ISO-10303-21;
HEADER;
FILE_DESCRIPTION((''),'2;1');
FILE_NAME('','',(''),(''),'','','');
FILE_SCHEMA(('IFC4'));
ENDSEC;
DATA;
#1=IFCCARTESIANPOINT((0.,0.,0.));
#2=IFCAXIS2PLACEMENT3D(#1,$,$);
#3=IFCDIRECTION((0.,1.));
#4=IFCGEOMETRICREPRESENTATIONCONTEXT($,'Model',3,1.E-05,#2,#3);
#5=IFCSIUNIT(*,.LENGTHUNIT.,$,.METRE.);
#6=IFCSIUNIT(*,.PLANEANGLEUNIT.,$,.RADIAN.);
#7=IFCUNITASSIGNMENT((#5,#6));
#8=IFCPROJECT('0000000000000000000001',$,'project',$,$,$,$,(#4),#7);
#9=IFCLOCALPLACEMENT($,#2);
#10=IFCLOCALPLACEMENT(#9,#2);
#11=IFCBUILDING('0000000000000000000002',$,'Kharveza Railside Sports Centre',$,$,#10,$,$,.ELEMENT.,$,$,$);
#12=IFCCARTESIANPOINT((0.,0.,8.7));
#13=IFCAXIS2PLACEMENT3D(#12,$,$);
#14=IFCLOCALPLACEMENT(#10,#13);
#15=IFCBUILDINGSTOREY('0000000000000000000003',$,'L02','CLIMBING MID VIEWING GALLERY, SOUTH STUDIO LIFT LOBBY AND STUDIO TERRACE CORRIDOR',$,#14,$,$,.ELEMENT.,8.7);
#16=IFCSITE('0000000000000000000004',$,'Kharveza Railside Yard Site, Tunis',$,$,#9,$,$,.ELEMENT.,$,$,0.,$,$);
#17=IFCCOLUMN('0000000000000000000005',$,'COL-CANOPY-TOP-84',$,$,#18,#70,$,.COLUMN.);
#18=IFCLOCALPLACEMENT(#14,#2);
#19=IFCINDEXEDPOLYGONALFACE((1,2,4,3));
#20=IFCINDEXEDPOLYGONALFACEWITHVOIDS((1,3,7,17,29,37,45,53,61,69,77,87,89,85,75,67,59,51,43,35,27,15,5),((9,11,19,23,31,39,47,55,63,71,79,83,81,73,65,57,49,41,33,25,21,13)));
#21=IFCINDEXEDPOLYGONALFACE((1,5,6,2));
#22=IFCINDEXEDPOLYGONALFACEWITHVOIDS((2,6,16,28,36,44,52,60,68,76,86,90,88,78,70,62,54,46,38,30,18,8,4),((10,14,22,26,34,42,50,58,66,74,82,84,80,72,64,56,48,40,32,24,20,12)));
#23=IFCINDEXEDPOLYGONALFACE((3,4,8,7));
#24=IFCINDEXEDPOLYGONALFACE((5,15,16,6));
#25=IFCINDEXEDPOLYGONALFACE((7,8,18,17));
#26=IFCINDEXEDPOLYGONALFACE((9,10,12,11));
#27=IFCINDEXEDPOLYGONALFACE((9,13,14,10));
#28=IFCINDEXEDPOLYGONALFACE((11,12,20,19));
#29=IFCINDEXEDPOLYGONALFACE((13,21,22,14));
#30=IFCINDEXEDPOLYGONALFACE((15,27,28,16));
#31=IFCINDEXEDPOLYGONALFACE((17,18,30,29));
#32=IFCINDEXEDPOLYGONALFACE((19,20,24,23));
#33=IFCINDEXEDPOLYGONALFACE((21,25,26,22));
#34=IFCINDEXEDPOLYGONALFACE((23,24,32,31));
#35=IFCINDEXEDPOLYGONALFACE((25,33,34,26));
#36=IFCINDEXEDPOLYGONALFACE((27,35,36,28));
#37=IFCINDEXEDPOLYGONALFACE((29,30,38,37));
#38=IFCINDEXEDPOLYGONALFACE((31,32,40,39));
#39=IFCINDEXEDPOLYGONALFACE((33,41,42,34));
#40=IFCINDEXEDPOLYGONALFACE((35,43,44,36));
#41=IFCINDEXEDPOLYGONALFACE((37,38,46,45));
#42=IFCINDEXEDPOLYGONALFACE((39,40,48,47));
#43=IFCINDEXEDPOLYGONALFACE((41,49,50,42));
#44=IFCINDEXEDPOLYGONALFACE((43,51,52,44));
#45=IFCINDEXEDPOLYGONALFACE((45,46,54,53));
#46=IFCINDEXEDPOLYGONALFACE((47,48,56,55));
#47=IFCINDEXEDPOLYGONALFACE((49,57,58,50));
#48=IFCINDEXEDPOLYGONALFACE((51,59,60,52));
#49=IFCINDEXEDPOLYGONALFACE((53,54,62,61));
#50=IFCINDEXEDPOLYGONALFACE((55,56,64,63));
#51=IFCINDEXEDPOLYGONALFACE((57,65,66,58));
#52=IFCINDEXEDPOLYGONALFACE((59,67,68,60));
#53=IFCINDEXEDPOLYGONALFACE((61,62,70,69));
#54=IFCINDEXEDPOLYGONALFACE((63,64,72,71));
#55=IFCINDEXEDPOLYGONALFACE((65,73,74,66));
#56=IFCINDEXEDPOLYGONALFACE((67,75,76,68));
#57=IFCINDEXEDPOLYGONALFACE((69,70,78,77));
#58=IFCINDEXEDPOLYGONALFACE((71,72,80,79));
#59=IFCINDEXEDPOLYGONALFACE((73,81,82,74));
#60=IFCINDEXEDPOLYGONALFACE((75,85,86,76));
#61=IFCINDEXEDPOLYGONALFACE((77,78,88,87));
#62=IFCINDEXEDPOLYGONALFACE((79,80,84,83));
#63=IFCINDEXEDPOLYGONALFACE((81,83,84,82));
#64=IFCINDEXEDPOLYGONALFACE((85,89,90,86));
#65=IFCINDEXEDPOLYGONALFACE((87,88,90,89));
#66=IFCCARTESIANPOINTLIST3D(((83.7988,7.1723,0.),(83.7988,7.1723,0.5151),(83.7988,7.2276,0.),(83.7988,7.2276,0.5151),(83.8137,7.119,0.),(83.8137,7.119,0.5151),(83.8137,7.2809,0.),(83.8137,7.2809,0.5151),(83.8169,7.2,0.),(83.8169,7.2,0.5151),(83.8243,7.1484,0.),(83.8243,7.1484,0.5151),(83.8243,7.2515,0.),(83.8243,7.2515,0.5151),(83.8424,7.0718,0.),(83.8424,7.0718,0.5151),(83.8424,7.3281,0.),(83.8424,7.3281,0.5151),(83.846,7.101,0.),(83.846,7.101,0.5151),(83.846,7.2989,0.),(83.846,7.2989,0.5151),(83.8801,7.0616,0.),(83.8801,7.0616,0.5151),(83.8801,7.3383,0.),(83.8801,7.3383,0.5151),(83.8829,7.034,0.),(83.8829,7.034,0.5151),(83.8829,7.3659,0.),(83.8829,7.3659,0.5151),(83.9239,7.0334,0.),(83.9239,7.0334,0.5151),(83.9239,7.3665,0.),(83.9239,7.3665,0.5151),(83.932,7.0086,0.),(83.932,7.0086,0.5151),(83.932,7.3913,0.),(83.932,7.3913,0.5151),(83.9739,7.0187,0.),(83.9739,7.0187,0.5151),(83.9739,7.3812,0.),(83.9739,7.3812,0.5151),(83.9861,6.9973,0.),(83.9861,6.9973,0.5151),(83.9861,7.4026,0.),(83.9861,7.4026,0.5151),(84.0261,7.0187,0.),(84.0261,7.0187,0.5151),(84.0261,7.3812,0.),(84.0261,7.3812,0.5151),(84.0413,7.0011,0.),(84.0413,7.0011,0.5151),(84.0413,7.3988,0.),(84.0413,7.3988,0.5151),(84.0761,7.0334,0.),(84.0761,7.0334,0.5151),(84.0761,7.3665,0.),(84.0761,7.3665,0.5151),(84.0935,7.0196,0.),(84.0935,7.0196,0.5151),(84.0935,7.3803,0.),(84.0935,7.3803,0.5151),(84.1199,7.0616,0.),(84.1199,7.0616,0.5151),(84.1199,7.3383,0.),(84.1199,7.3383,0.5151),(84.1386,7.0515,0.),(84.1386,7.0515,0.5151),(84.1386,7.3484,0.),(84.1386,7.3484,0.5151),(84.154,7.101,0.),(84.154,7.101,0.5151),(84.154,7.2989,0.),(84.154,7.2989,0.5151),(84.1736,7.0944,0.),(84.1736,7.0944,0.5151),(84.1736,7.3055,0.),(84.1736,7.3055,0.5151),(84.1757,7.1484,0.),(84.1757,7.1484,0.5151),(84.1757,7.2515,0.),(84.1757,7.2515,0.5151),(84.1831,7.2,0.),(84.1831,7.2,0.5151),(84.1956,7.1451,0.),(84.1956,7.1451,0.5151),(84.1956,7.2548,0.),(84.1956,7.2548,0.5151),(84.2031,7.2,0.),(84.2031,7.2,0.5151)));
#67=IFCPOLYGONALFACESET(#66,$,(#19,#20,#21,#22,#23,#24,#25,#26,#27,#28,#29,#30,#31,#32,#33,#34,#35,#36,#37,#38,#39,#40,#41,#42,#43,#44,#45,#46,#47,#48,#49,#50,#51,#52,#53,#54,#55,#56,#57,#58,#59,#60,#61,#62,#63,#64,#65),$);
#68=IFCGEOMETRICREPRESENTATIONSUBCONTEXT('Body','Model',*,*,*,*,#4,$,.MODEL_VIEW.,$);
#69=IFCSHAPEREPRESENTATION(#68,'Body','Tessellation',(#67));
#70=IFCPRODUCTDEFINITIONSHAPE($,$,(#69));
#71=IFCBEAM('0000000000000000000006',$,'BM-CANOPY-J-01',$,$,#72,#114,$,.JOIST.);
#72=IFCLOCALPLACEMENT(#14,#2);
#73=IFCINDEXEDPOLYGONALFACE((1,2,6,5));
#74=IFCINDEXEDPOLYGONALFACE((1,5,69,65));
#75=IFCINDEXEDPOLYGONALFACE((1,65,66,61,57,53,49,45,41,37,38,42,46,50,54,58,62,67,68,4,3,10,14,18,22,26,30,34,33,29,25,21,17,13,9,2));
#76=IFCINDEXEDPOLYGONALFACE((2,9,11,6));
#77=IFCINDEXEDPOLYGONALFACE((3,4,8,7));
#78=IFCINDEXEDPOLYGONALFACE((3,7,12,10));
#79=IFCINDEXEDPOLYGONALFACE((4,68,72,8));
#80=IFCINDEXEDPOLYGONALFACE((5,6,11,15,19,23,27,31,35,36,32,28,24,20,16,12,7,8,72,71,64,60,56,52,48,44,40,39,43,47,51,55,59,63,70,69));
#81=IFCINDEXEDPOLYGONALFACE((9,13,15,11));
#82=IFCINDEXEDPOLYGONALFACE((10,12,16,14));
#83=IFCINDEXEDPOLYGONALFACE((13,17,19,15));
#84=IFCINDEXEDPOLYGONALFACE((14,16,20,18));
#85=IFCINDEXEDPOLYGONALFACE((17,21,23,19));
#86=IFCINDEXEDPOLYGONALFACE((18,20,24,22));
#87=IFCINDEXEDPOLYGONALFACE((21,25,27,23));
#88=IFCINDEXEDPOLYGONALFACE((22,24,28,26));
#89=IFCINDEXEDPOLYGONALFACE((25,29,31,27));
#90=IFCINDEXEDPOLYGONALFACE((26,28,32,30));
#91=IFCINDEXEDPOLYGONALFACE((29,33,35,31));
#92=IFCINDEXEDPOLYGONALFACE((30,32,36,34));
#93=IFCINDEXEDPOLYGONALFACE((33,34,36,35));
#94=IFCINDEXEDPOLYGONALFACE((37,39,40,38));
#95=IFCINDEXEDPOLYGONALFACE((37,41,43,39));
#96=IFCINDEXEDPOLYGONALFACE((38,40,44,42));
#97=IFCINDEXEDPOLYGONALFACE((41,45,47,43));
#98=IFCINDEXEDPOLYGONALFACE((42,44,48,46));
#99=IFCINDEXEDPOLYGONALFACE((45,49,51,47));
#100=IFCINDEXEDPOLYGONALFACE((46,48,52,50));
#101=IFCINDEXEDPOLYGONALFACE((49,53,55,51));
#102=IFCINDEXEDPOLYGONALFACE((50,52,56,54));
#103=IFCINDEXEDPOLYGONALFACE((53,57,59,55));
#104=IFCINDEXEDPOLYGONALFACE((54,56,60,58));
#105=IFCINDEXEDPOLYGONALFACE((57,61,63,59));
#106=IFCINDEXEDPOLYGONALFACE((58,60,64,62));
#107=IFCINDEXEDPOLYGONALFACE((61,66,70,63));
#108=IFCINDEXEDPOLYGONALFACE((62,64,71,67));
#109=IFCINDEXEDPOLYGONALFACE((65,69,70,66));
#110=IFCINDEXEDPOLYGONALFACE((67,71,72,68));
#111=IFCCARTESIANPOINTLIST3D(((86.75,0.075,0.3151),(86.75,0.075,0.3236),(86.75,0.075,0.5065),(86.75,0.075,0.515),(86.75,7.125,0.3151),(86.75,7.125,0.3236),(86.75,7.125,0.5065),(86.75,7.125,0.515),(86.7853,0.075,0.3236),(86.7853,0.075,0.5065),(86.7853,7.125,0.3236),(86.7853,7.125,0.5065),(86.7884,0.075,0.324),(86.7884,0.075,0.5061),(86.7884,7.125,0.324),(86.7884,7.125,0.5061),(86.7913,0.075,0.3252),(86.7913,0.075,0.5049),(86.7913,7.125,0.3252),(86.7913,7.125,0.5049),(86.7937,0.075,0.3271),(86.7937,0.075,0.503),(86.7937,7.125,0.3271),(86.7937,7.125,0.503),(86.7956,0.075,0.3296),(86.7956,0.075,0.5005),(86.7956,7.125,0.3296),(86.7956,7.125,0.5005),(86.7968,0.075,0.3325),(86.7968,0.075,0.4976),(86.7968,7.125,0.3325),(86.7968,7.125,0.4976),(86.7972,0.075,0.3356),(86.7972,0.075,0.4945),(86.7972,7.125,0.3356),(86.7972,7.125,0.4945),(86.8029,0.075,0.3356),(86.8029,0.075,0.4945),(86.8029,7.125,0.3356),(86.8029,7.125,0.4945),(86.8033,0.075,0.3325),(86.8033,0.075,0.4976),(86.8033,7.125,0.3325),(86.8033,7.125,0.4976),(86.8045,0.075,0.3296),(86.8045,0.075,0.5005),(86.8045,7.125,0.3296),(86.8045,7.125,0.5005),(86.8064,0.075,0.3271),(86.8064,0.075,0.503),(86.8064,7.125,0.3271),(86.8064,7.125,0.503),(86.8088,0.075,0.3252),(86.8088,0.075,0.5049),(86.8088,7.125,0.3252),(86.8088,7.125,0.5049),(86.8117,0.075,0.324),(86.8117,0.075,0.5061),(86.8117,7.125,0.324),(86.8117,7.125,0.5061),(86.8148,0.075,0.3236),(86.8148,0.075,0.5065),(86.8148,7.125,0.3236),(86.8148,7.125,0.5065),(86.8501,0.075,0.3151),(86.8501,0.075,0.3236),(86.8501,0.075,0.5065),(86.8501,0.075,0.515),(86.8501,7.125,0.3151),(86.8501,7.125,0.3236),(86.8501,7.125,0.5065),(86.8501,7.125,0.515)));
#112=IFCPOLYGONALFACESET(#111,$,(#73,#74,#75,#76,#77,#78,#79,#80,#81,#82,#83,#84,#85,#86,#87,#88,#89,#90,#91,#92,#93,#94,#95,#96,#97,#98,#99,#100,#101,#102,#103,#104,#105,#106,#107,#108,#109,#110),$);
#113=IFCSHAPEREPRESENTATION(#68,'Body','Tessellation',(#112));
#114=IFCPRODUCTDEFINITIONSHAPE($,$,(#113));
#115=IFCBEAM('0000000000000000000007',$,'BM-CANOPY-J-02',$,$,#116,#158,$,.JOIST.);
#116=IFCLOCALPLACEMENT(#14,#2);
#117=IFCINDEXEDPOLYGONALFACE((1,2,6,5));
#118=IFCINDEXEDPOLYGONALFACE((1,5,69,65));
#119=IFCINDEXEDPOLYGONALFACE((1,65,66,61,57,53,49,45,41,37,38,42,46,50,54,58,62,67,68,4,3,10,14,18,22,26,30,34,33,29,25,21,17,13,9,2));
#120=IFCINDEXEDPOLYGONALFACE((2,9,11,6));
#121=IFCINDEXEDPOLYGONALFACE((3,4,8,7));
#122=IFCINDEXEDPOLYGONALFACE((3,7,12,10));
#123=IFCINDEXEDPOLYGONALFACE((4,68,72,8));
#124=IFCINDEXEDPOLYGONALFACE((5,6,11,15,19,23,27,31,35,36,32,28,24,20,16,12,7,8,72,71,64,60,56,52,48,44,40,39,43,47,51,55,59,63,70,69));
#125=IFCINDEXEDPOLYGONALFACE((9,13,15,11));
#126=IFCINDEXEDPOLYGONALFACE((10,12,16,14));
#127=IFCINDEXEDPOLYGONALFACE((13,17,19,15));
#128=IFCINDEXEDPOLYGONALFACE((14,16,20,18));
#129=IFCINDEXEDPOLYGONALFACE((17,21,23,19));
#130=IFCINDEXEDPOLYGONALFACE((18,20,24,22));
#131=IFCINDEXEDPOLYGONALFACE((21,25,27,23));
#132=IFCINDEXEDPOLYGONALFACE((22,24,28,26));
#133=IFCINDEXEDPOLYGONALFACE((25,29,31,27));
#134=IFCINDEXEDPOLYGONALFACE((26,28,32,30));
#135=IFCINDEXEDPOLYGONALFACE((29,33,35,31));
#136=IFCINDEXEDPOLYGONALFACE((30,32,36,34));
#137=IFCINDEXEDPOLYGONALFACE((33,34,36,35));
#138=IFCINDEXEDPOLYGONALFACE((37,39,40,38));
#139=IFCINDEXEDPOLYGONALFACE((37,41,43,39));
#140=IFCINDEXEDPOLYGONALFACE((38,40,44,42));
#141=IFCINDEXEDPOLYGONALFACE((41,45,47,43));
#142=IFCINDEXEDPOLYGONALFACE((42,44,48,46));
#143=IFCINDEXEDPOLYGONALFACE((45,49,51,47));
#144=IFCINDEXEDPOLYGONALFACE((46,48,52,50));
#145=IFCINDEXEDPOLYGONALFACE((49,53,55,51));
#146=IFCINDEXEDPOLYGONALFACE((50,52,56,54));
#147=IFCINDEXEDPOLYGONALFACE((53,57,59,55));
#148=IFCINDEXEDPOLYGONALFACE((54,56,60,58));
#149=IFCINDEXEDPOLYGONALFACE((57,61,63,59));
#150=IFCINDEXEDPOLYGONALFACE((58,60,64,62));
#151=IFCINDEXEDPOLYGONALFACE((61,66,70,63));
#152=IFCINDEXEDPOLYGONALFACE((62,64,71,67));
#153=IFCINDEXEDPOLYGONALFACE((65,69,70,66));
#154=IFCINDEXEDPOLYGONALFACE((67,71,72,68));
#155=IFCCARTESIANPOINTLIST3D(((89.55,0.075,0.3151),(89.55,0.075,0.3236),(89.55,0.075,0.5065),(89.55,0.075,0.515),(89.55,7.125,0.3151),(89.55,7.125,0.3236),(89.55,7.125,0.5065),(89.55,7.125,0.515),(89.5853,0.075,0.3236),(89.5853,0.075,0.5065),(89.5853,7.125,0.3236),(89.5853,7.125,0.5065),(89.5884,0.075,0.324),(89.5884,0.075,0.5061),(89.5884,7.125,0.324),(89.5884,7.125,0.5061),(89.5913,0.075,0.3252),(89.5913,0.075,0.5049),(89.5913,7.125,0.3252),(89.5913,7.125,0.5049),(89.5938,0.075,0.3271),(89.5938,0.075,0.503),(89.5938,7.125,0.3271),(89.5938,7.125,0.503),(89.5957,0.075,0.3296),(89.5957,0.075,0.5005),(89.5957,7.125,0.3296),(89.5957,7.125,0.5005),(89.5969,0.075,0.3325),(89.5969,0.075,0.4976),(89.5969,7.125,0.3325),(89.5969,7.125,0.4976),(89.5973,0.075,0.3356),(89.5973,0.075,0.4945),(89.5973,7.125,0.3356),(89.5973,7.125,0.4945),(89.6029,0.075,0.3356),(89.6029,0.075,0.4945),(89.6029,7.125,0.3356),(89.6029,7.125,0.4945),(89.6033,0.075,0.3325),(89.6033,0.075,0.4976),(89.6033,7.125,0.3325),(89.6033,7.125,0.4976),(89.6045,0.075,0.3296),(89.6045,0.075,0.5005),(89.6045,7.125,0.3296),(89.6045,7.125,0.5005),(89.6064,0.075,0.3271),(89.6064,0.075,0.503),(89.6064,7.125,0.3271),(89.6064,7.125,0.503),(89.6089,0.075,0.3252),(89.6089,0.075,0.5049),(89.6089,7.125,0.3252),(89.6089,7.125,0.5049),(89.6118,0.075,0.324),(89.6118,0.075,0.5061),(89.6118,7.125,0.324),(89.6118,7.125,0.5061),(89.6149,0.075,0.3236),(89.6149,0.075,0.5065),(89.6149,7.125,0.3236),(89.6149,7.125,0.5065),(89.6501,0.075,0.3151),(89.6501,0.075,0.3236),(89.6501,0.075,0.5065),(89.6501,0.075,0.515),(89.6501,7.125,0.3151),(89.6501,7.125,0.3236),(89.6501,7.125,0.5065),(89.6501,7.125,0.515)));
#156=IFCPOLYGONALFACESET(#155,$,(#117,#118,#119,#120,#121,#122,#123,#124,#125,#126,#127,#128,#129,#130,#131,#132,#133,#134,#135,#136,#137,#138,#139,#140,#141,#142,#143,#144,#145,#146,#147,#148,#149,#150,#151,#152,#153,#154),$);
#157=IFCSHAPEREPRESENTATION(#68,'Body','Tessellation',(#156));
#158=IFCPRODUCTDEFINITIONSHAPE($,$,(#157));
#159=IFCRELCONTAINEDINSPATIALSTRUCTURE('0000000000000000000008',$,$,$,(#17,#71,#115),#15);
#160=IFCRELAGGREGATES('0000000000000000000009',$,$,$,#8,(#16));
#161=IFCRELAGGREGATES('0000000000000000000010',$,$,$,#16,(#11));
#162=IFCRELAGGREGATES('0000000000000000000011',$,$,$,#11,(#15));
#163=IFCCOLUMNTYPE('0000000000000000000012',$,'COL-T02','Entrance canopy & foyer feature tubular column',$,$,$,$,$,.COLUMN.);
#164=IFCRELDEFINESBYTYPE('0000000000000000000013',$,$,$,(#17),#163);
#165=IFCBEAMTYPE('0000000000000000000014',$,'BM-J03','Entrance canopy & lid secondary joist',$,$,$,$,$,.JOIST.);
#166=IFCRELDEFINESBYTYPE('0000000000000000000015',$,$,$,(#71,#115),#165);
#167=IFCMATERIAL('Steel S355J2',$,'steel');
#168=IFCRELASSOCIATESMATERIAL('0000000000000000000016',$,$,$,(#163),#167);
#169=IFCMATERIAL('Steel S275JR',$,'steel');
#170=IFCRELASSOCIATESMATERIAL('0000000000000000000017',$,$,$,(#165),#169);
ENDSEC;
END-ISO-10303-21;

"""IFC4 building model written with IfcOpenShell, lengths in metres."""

from ifc_helpers import new_model, si_unit, direction, frame, origin, origin_2d, place, context, subcontext, project, spatial, hollow_circle, i_section, extrude, material, material_profile, profile_set, type_object, element, save


model = new_model("IFC4")

# Units and contexts
model_context = context("Model", 3, precision=1e-05, world=origin(), true_north=direction((0.0, 1.0)))
body_context = subcontext(model_context, "Body", "Model", "MODEL_VIEW")
ifc_project = project(units=[si_unit("LENGTHUNIT", "METRE"), si_unit("PLANEANGLEUNIT", "RADIAN")], contexts=[model_context])

# Site, building, storey
site_placement = place(None, origin())
site = spatial("IfcSite", under=ifc_project, at=site_placement, Name="Kharveza Railside Yard Site, Tunis", CompositionType="ELEMENT", RefElevation=0.0)
building_placement = place(site_placement, origin())
building = spatial("IfcBuilding", under=site, at=building_placement, Name="Kharveza Railside Sports Centre", CompositionType="ELEMENT")
storey_placement = place(building_placement, frame((0.0, 0.0, 8.7)))
storey = spatial("IfcBuildingStorey", under=building, at=storey_placement, Name="L02", Description="CLIMBING MID VIEWING GALLERY, SOUTH STUDIO LIFT LOBBY AND STUDIO TERRACE CORRIDOR", CompositionType="ELEMENT", Elevation=8.7)

# Column
ifc_material_1 = material(Name="Steel S355J2", Category="steel")
ifc_material_profile_1 = material_profile(ifc_material_1, hollow_circle(Radius=0.2031, WallThickness=0.02, at=origin_2d()), Name="CHS 406.4x20.0")
ifc_profile_set_1 = profile_set([ifc_material_profile_1], Name="Steel S355J2")
column_type = type_object("IfcColumnType", Name="COL-T02", Description="Entrance canopy & foyer feature tubular column", PredefinedType="COLUMN", material=ifc_profile_set_1)
column_placement = place(storey_placement, frame((84.0, 7.2, 0.0), z_axis=(0.0, 0.0, 1.0), x_axis=(1.0, 0.0, 0.0)))
element("IfcColumn", 1, at=column_placement, inside=storey, type_object=column_type, Name="COL-CANOPY-TOP-84", PredefinedType="COLUMN", context=body_context, shape_type="SweptSolid", body=[
    extrude(hollow_circle(Radius=0.2031, WallThickness=0.02, at=origin_2d()), origin(), (0.0, 0.0, 1.0), 0.5151),
])

# Beams
ifc_material_2 = material(Name="Steel S275JR", Category="steel")
ifc_material_profile_2 = material_profile(ifc_material_2, i_section(OverallWidth=0.1001, OverallDepth=0.2, WebThickness=0.0056, FlangeThickness=0.0085, FilletRadius=0.012, at=origin_2d()), Name="IPE 200")
ifc_profile_set_2 = profile_set([ifc_material_profile_2], Name="Steel S275JR")
beam_type_1 = type_object("IfcBeamType", Name="BM-J03", Description="Entrance canopy & lid secondary joist", PredefinedType="JOIST", material=ifc_profile_set_2)
for number, where, z_axis, x_axis, name in (
    (2, (86.8, 0.075, 0.415), (0.0, 1.0, 0.0), (-1.0, 0.0, 0.0), "BM-CANOPY-J-01"),
    (3, (89.6001, 0.075, 0.415), (0.0, 1.0, 0.0), (-1.0, 0.0, 0.0), "BM-CANOPY-J-02"),
):
    element("IfcBeam", number, at=place(storey_placement, frame(where, z_axis=z_axis, x_axis=x_axis)), inside=storey, type_object=beam_type_1, Name=name, PredefinedType="JOIST", context=body_context, shape_type="SweptSolid", body=[
        extrude(i_section(OverallWidth=0.1001, OverallDepth=0.2, WebThickness=0.0056, FlangeThickness=0.0085, FilletRadius=0.012, at=origin_2d()), origin(), (0.0, 0.0, 1.0), 7.05),
    ])

save(model, "model.ifc")
